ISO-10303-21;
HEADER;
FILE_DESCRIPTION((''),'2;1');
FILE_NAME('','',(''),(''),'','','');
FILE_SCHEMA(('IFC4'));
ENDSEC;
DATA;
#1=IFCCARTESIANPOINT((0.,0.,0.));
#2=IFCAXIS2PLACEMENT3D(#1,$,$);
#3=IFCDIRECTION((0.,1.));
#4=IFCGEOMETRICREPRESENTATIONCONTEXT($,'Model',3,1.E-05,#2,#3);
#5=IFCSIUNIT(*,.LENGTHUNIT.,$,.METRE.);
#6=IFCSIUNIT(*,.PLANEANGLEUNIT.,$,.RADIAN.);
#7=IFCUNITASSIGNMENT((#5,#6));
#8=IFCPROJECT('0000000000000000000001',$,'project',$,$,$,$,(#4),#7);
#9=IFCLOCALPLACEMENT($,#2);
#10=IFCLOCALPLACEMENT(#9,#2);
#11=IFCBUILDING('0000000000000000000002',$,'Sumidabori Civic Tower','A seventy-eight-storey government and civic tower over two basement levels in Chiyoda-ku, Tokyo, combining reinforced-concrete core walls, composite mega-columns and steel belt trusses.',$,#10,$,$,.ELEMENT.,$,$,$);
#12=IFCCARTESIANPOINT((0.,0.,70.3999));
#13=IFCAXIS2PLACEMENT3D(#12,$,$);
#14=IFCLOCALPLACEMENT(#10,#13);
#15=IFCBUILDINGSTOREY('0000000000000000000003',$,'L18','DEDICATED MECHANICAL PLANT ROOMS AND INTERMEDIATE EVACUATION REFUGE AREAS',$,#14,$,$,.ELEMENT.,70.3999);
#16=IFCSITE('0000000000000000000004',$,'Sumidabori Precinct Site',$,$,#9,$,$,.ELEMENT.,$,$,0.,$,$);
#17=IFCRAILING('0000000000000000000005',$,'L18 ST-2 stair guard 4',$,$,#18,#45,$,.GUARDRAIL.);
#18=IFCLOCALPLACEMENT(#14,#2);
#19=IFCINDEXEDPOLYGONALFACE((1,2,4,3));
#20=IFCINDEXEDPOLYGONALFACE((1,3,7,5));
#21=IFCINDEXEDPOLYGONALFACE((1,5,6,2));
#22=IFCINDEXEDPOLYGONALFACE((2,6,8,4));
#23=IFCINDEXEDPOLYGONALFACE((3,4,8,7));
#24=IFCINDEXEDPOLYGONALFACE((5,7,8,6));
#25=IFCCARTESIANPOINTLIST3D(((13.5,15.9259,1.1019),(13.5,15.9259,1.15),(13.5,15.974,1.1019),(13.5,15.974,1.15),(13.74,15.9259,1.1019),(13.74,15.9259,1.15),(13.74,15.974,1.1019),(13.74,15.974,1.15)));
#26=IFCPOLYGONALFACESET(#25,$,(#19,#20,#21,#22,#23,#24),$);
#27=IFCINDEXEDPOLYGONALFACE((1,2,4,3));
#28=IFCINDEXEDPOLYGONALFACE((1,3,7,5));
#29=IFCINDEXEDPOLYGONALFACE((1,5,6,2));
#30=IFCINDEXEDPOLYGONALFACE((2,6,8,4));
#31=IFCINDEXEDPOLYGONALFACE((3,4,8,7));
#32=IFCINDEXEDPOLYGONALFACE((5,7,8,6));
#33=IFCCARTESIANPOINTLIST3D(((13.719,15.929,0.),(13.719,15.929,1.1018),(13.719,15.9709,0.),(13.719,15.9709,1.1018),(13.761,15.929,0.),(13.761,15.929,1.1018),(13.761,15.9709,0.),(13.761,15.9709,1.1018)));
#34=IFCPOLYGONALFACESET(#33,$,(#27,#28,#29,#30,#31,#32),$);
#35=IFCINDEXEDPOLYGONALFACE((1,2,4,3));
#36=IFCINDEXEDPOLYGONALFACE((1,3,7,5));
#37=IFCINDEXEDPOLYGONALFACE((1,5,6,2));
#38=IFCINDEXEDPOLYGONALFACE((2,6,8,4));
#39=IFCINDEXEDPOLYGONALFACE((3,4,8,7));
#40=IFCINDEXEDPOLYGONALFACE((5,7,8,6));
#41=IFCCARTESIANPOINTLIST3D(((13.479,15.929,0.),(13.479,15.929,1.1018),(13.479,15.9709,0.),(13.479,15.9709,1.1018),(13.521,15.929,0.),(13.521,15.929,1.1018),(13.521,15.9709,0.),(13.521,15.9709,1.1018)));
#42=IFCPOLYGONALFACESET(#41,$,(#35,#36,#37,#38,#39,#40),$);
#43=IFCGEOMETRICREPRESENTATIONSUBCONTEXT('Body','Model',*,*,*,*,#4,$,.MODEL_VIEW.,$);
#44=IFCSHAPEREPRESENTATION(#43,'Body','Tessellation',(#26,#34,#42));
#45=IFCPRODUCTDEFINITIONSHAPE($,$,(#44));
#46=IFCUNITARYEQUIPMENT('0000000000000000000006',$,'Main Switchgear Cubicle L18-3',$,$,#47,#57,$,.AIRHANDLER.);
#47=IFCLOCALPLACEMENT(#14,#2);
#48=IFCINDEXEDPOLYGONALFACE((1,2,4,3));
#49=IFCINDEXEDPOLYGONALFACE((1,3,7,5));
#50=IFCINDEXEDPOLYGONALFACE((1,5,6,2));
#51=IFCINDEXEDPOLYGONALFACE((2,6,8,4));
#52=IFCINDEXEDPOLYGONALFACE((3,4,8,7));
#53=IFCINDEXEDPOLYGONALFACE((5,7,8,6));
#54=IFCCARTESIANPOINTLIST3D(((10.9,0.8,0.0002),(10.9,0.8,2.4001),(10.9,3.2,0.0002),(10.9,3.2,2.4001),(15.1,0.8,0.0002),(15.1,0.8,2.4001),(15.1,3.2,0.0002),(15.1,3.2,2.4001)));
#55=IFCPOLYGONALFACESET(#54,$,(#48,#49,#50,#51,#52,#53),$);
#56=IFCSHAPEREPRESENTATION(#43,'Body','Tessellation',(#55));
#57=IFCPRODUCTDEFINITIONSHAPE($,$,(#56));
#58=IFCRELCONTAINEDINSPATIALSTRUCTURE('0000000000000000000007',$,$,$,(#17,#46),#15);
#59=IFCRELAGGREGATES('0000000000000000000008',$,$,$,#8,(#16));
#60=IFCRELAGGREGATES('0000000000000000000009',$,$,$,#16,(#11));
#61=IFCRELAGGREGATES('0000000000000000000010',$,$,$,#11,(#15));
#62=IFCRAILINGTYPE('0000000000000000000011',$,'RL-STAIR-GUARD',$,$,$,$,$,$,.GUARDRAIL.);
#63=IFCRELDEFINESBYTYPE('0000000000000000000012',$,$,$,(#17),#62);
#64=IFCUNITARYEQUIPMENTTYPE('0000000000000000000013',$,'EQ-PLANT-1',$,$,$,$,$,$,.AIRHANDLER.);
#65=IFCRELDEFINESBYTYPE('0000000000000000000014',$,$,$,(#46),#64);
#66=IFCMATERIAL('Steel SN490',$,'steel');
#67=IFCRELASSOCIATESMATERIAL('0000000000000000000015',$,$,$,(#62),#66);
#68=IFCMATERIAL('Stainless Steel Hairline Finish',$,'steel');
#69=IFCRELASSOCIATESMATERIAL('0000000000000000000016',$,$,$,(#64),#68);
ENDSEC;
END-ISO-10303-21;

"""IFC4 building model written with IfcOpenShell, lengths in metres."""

from ifc_helpers import new_model, si_unit, direction, frame, origin, origin_2d, place, context, subcontext, project, spatial, rectangle, extrude, source, transform, mapped, material, type_object, element, save


model = new_model("IFC4")

# Units and contexts
model_context = context("Model", 3, precision=1e-05, world=origin(), true_north=direction((0.0, 1.0)))
body_context = subcontext(model_context, "Body", "Model", "MODEL_VIEW")
ifc_project = project(units=[si_unit("LENGTHUNIT", "METRE"), si_unit("PLANEANGLEUNIT", "RADIAN")], contexts=[model_context])

# Site, building, storey
site_placement = place(None, origin())
site = spatial("IfcSite", under=ifc_project, at=site_placement, Name="Sumidabori Precinct Site", CompositionType="ELEMENT", RefElevation=0.0)
building_placement = place(site_placement, origin())
building = spatial("IfcBuilding", under=site, at=building_placement, Name="Sumidabori Civic Tower", Description="A seventy-eight-storey government and civic tower over two basement levels in Chiyoda-ku, Tokyo, combining reinforced-concrete core walls, composite mega-columns and steel belt trusses.", CompositionType="ELEMENT")
storey_placement = place(building_placement, frame((0.0, 0.0, 70.3999)))
storey = spatial("IfcBuildingStorey", under=building, at=storey_placement, Name="L18", Description="DEDICATED MECHANICAL PLANT ROOMS AND INTERMEDIATE EVACUATION REFUGE AREAS", CompositionType="ELEMENT", Elevation=70.3999)

# Shared definitions
ifc_material_1 = material(Name="Steel SN490", Category="steel")

# Shared definitions
ifc_material_2 = material(Name="Stainless Steel Hairline Finish", Category="steel")

# Railing
railing_type_1 = type_object("IfcRailingType", Name="RL-STAIR-GUARD", PredefinedType="GUARDRAIL", material=ifc_material_1)
railing_1_placement = place(storey_placement, frame((13.74, 15.95, 0.0)))
element("IfcRailing", 1, at=railing_1_placement, inside=storey, type_object=railing_type_1, Name="L18 ST-2 stair guard 4", PredefinedType="GUARDRAIL", context=body_context, shape_type="SweptSolid", body=[
    extrude(rectangle(XDim=0.0481, YDim=0.0481, at=origin_2d()), frame((0.0, 0.0, 1.126), z_axis=(-1.0, 0.0, 0.0), x_axis=(0.0, -1.0, 0.0)), (0.0, 0.0, 1.0), 0.24),
    extrude(rectangle(XDim=0.042, YDim=0.042, at=origin_2d()), origin(), (0.0, 0.0, 1.0), 1.1018),
    extrude(rectangle(XDim=0.042, YDim=0.042, at=origin_2d()), frame((-0.24, 0.0, 0.0)), (0.0, 0.0, 1.0), 1.1018),
])

# Unitary equipment
unitary_equipment_type = type_object("IfcUnitaryEquipmentType", Name="EQ-PLANT-1", PredefinedType="AIRHANDLER", material=ifc_material_2)
shared_shape_1 = source(origin(), body_context, "Body", "SweptSolid", [
    extrude(rectangle(XDim=4.2, YDim=2.3999, at=origin_2d()), origin(), (0.0, 0.0, 1.0), 2.3999),
])
unitary_equipment_placement = place(storey_placement, frame((13.0, 2.0, 0.0002), z_axis=(0.0, 0.0, 1.0), x_axis=(1.0, 0.0, 0.0)))
element("IfcUnitaryEquipment", 2, at=unitary_equipment_placement, inside=storey, type_object=unitary_equipment_type, Name="Main Switchgear Cubicle L18-3", PredefinedType="AIRHANDLER", context=body_context, shape_type="MappedRepresentation", body=[
    mapped(shared_shape_1, transform((0.0, 0.0, 0.0), x_axis=(1.0, 0.0, 0.0), y_axis=(0.0, 1.0, 0.0), z_axis=(0.0, 0.0, 1.0), scale=1.0)),
])

save(model, "model.ifc")
